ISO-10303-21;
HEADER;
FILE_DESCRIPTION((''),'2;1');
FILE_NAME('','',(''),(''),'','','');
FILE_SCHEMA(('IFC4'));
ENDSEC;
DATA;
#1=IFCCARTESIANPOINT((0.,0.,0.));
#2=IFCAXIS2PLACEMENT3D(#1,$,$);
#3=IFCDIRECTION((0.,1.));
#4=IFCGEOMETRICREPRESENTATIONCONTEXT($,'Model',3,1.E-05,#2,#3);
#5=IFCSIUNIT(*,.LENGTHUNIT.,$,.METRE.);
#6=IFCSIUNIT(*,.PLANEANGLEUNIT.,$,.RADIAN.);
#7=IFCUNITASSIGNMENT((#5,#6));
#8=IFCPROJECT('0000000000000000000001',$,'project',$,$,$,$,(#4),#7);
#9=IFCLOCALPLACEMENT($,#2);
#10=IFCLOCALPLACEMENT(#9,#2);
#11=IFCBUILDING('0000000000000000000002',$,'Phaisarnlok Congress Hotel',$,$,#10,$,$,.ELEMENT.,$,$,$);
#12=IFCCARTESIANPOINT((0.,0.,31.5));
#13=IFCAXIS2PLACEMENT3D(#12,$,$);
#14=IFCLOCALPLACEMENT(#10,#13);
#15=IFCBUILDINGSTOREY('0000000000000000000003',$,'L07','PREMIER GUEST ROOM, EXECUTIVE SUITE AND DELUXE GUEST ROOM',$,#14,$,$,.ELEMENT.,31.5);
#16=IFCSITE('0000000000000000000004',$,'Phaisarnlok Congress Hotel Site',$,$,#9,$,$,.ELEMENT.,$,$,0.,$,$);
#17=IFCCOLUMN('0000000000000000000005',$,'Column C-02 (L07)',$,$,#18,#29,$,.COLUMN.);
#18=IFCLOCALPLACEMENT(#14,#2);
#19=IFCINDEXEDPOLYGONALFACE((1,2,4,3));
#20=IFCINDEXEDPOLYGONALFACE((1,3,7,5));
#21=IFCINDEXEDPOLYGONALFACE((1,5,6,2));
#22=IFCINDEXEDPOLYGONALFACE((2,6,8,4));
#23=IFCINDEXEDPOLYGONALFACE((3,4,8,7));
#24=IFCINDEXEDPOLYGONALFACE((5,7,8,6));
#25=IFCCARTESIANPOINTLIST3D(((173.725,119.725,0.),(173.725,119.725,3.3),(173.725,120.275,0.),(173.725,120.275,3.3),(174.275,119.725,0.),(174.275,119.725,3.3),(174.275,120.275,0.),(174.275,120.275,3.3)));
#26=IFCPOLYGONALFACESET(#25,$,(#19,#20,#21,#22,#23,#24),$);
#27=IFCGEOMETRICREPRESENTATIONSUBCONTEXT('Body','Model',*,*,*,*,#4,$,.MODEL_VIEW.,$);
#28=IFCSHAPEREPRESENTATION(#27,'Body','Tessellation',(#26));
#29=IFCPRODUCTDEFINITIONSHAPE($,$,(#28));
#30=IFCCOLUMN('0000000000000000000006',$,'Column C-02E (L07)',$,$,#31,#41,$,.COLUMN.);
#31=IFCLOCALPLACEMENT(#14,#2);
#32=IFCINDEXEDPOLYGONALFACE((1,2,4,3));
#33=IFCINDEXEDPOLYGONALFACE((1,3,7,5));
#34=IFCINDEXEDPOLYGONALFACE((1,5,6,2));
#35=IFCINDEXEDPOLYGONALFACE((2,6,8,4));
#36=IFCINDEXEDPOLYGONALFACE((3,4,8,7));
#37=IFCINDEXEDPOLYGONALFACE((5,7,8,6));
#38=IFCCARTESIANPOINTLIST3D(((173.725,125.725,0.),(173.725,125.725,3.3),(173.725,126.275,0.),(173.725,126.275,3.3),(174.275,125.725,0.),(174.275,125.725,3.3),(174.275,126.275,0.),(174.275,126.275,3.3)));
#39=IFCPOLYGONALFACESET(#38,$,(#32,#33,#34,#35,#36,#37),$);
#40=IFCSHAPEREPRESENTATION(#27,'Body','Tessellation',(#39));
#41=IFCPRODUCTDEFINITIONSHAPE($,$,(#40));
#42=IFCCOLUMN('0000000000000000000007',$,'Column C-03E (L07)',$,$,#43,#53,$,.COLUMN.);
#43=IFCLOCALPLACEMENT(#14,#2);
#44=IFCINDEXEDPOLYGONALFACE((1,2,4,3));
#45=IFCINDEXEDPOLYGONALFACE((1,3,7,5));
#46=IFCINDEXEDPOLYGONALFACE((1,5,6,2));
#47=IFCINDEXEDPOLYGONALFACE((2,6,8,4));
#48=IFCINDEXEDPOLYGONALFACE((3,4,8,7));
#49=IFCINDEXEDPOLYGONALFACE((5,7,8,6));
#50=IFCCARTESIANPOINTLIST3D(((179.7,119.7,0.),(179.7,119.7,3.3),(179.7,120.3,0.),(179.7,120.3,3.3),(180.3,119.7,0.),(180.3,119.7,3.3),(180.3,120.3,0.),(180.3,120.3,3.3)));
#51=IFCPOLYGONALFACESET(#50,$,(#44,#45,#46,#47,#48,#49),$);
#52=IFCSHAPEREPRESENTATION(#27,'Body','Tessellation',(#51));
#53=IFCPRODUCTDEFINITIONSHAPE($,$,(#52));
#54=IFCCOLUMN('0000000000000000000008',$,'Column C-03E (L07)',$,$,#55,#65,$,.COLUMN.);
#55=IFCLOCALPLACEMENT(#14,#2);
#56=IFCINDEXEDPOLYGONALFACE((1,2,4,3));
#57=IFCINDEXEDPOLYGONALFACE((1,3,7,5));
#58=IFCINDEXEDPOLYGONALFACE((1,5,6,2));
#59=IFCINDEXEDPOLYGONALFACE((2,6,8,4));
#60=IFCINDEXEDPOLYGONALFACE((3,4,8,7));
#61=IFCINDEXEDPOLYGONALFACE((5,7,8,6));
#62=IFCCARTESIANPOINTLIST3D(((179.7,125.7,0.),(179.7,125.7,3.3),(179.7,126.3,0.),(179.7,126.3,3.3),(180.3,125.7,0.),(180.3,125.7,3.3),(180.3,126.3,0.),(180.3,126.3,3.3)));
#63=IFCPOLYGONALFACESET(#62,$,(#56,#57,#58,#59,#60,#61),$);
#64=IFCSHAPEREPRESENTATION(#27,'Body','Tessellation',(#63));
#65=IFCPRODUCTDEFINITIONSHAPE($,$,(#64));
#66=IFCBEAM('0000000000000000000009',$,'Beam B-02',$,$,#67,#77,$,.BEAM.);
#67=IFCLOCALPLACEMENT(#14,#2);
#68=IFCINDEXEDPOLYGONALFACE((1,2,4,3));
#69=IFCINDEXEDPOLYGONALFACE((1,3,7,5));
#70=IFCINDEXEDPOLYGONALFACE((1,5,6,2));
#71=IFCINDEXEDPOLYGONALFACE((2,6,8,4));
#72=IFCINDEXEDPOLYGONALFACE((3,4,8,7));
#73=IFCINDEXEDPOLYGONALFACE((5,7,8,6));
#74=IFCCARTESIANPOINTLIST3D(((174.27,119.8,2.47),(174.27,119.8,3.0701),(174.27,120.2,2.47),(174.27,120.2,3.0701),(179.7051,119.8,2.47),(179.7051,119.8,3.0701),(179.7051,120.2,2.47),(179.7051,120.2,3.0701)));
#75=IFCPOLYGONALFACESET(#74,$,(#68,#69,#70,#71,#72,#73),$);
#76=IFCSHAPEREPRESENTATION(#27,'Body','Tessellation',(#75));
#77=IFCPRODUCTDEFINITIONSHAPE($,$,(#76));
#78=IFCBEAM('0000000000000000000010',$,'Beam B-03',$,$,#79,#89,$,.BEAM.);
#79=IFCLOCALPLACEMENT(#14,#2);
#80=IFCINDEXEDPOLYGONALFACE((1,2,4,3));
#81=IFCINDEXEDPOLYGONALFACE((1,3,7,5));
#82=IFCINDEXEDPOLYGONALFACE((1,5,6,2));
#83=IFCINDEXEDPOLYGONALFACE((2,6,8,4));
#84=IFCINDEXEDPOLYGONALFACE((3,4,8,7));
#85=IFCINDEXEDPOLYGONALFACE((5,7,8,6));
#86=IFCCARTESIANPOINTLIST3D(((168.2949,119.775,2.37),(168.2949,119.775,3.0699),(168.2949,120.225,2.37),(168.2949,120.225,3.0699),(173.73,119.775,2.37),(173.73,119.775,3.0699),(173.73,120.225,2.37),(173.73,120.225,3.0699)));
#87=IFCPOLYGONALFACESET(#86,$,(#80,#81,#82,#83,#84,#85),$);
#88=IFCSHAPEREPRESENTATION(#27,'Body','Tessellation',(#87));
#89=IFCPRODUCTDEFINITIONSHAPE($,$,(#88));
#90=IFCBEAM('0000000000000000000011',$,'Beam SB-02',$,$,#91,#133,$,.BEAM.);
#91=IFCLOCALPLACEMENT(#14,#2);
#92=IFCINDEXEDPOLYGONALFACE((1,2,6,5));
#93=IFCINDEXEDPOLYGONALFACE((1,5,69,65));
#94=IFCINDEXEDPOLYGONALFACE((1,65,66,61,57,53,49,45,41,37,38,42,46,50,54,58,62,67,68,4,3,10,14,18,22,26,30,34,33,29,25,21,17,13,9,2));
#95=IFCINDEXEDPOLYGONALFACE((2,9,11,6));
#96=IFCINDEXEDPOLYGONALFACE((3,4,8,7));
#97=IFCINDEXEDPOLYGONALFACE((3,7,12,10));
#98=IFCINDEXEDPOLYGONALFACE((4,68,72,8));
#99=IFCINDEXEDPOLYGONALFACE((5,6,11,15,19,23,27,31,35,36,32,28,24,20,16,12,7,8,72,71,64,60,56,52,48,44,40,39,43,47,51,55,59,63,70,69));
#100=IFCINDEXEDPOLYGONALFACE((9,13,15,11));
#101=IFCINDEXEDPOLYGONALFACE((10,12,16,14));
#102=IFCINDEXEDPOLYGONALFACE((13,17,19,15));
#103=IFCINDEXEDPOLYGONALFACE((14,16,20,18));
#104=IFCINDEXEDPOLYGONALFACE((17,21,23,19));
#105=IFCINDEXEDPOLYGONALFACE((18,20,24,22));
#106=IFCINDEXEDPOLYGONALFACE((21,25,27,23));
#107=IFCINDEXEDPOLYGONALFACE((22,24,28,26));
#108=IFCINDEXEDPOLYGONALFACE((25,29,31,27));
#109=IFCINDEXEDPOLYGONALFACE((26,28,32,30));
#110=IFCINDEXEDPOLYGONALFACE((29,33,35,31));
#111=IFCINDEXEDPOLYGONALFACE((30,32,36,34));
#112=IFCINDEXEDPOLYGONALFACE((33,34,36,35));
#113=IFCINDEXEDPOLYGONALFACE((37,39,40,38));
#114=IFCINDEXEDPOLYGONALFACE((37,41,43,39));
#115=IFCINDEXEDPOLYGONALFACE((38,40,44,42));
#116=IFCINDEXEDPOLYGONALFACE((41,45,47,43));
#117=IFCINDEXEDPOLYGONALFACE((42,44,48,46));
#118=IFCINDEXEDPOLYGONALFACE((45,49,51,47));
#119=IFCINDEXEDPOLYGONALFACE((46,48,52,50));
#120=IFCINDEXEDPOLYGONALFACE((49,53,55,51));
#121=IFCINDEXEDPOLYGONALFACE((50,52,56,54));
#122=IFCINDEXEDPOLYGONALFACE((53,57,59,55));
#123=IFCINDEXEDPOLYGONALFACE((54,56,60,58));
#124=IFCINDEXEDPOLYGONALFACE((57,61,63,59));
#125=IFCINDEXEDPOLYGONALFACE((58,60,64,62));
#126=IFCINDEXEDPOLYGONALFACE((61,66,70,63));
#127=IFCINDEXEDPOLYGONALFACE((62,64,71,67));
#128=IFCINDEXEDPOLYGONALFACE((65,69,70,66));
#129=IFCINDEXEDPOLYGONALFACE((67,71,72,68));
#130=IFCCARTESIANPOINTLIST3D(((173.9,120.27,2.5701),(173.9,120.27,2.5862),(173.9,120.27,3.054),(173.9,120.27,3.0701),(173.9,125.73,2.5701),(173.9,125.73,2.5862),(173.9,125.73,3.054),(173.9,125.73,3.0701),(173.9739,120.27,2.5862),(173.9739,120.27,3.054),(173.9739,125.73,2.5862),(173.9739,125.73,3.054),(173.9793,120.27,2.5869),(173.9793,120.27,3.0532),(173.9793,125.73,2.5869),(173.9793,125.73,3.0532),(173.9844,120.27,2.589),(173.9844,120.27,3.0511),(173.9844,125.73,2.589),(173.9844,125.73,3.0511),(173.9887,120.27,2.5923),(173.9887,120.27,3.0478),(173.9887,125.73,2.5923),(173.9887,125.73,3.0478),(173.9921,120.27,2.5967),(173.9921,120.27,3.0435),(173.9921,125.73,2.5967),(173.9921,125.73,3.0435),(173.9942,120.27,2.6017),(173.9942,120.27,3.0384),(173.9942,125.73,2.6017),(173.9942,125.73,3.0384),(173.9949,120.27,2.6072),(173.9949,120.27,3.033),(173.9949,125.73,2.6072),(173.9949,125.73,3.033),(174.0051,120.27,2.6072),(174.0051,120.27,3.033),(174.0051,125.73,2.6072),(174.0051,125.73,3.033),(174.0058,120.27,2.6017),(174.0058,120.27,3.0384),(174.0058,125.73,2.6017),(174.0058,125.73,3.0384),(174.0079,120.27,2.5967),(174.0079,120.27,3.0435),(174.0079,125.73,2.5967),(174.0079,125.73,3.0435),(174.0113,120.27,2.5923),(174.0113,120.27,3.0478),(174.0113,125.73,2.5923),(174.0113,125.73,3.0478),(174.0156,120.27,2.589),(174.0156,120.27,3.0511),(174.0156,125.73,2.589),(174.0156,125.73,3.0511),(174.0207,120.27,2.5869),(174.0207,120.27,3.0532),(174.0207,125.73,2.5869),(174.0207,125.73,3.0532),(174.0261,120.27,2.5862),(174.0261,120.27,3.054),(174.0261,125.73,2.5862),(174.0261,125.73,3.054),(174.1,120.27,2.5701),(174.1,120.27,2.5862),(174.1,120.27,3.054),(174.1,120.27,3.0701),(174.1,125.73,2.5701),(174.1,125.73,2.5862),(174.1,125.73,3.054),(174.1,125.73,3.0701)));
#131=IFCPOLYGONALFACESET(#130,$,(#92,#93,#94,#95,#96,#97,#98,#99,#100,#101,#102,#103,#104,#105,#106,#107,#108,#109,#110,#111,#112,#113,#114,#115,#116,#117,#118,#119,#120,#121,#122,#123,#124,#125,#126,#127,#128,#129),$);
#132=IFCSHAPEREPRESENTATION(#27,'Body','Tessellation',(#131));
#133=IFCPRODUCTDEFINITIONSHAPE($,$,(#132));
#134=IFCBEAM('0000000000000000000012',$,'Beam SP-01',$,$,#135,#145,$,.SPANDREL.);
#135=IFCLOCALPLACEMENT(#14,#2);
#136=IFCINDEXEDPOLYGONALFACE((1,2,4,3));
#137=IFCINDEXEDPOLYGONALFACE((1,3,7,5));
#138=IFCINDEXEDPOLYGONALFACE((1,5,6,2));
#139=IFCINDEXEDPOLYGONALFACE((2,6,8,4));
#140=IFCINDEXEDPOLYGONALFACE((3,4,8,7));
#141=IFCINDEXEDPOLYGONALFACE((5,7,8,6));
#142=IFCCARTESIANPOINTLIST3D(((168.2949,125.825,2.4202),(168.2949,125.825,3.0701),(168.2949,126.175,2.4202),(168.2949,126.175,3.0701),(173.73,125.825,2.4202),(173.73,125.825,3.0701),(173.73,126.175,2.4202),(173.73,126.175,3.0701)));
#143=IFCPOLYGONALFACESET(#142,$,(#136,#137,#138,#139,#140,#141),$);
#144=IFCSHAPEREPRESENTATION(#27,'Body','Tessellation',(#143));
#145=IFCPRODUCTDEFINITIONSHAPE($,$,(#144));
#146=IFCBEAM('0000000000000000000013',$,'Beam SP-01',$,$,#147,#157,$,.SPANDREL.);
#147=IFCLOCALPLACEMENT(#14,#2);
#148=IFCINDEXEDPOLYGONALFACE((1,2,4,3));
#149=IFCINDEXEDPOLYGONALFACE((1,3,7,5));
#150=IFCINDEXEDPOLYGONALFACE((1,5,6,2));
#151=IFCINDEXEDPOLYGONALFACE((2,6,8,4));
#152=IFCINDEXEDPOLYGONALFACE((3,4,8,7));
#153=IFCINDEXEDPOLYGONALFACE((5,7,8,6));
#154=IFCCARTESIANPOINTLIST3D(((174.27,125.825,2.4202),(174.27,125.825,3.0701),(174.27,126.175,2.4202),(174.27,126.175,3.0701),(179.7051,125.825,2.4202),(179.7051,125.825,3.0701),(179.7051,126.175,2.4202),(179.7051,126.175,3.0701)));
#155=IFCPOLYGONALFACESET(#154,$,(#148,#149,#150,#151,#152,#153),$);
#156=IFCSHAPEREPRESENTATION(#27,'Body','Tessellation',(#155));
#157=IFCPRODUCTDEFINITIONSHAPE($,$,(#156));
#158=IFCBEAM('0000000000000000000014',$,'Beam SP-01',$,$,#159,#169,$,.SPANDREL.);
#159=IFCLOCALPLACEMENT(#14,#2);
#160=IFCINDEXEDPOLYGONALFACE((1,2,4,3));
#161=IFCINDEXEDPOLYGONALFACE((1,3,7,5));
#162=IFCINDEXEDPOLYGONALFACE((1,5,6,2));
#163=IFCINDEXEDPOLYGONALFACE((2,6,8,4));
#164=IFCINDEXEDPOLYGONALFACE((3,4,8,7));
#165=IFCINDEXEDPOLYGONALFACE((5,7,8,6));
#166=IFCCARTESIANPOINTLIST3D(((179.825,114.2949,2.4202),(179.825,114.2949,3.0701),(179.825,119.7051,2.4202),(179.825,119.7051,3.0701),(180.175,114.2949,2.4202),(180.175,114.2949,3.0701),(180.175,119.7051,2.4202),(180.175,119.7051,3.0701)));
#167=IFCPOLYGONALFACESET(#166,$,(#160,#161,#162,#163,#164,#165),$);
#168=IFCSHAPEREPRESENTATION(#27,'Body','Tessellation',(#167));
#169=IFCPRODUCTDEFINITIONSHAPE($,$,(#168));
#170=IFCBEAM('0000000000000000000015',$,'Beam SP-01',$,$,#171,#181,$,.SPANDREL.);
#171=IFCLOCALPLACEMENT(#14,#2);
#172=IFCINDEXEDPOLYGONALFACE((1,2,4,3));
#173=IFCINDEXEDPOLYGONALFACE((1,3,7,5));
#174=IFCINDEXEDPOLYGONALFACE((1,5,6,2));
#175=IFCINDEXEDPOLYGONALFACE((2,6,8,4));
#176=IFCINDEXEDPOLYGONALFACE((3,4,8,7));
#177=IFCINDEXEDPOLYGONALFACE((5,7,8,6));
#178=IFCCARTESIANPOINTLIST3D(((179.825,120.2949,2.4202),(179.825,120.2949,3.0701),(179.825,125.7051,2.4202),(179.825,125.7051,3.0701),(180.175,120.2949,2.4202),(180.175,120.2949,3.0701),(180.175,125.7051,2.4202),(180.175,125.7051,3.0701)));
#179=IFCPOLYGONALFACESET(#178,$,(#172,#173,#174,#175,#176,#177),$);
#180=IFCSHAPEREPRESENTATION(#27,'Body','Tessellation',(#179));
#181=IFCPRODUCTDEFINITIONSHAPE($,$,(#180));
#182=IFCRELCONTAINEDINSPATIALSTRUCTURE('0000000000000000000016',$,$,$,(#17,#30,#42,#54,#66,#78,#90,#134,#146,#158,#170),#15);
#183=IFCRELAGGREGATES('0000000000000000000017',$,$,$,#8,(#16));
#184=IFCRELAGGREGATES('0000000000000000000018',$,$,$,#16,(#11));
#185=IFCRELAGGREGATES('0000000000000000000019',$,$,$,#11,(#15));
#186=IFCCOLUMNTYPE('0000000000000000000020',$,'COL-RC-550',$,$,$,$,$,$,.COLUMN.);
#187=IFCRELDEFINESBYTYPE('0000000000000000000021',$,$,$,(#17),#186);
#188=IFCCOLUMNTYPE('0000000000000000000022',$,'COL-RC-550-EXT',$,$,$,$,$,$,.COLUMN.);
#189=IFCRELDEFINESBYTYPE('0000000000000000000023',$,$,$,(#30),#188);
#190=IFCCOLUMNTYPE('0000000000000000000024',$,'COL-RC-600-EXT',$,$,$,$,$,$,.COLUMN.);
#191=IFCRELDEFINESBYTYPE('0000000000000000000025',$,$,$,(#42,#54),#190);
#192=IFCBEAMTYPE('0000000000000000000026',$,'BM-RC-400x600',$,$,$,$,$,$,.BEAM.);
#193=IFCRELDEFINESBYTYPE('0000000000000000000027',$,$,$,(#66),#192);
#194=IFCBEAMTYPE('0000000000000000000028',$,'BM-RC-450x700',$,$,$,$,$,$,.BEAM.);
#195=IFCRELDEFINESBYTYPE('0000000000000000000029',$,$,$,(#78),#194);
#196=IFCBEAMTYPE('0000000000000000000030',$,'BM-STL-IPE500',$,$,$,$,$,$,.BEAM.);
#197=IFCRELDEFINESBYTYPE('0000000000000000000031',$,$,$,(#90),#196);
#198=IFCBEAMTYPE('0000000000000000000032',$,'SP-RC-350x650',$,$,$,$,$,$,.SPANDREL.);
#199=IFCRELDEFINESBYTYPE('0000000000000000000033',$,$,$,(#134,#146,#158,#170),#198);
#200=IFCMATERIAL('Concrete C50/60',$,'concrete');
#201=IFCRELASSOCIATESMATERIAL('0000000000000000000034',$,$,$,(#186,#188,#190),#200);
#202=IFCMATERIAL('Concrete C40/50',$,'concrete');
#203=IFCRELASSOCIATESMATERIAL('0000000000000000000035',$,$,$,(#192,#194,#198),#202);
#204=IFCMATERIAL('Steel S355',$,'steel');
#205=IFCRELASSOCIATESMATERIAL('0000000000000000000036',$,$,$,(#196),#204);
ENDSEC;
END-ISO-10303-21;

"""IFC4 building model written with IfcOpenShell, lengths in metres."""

from ifc_helpers import new_model, si_unit, direction, frame, origin, origin_2d, place, context, subcontext, project, spatial, rectangle, i_section, extrude, material, material_profile, profile_set, type_object, element, save


model = new_model("IFC4")

# Units and contexts
model_context = context("Model", 3, precision=1e-05, world=origin(), true_north=direction((0.0, 1.0)))
body_context = subcontext(model_context, "Body", "Model", "MODEL_VIEW")
ifc_project = project(units=[si_unit("LENGTHUNIT", "METRE"), si_unit("PLANEANGLEUNIT", "RADIAN")], contexts=[model_context])

# Site, building, storey
site_placement = place(None, origin())
site = spatial("IfcSite", under=ifc_project, at=site_placement, Name="Phaisarnlok Congress Hotel Site", CompositionType="ELEMENT", RefElevation=0.0)
building_placement = place(site_placement, origin())
building = spatial("IfcBuilding", under=site, at=building_placement, Name="Phaisarnlok Congress Hotel", CompositionType="ELEMENT")
storey_placement = place(building_placement, frame((0.0, 0.0, 31.5)))
storey = spatial("IfcBuildingStorey", under=building, at=storey_placement, Name="L07", Description="PREMIER GUEST ROOM, EXECUTIVE SUITE AND DELUXE GUEST ROOM", CompositionType="ELEMENT", Elevation=31.5)

# Columns
ifc_material_1 = material(Name="Concrete C50/60", Category="concrete")
ifc_material_profile_1 = material_profile(ifc_material_1, rectangle(XDim=0.55, YDim=0.55, at=origin_2d()), Name="RC 550x550")
ifc_profile_set_1 = profile_set([ifc_material_profile_1], Name="Concrete C50/60")
column_type_1 = type_object("IfcColumnType", Name="COL-RC-550", PredefinedType="COLUMN", material=ifc_profile_set_1)
column_1_placement = place(storey_placement, frame((174.0, 120.0, 0.0), z_axis=(0.0, 0.0, 1.0), x_axis=(1.0, 0.0, 0.0)))
element("IfcColumn", 1, at=column_1_placement, inside=storey, type_object=column_type_1, Name="Column C-02 (L07)", PredefinedType="COLUMN", context=body_context, shape_type="SweptSolid", body=[
    extrude(rectangle(XDim=0.55, YDim=0.55, at=origin_2d()), origin(), (0.0, 0.0, 1.0), 3.3),
])
ifc_material_profile_2 = material_profile(ifc_material_1, rectangle(XDim=0.55, YDim=0.55, at=origin_2d()), Name="RC 550x550")
ifc_profile_set_2 = profile_set([ifc_material_profile_2], Name="Concrete C50/60")
column_type_2 = type_object("IfcColumnType", Name="COL-RC-550-EXT", PredefinedType="COLUMN", material=ifc_profile_set_2)
column_2_placement = place(storey_placement, frame((174.0, 126.0, 0.0), z_axis=(0.0, 0.0, 1.0), x_axis=(1.0, 0.0, 0.0)))
element("IfcColumn", 2, at=column_2_placement, inside=storey, type_object=column_type_2, Name="Column C-02E (L07)", PredefinedType="COLUMN", context=body_context, shape_type="SweptSolid", body=[
    extrude(rectangle(XDim=0.55, YDim=0.55, at=origin_2d()), origin(), (0.0, 0.0, 1.0), 3.3),
])
ifc_material_profile_3 = material_profile(ifc_material_1, rectangle(XDim=0.6001, YDim=0.6001, at=origin_2d()), Name="RC 600x600")
ifc_profile_set_3 = profile_set([ifc_material_profile_3], Name="Concrete C50/60")
column_type_3 = type_object("IfcColumnType", Name="COL-RC-600-EXT", PredefinedType="COLUMN", material=ifc_profile_set_3)
for number, where, z_axis, x_axis, name in (
    (3, (180.0, 120.0, 0.0), (0.0, 0.0, 1.0), (1.0, 0.0, 0.0), "Column C-03E (L07)"),
    (4, (180.0, 126.0, 0.0), (0.0, 0.0, 1.0), (1.0, 0.0, 0.0), "Column C-03E (L07)"),
):
    element("IfcColumn", number, at=place(storey_placement, frame(where, z_axis=z_axis, x_axis=x_axis)), inside=storey, type_object=column_type_3, Name=name, PredefinedType="COLUMN", context=body_context, shape_type="SweptSolid", body=[
        extrude(rectangle(XDim=0.6001, YDim=0.6001, at=origin_2d()), origin(), (0.0, 0.0, 1.0), 3.3),
    ])

# Beams
ifc_material_2 = material(Name="Concrete C40/50", Category="concrete")
ifc_material_profile_4 = material_profile(ifc_material_2, rectangle(XDim=0.3999, YDim=0.6001, at=origin_2d()), Name="RC 400x600")
ifc_profile_set_4 = profile_set([ifc_material_profile_4], Name="Concrete C40/50")
beam_type_1 = type_object("IfcBeamType", Name="BM-RC-400x600", PredefinedType="BEAM", material=ifc_profile_set_4)
beam_1_placement = place(storey_placement, frame((174.27, 120.0, 2.77), z_axis=(1.0, 0.0, 0.0), x_axis=(0.0, 1.0, 0.0)))
element("IfcBeam", 5, at=beam_1_placement, inside=storey, type_object=beam_type_1, Name="Beam B-02", PredefinedType="BEAM", context=body_context, shape_type="SweptSolid", body=[
    extrude(rectangle(XDim=0.3999, YDim=0.6001, at=origin_2d()), origin(), (0.0, 0.0, 1.0), 5.4351),
])
ifc_material_profile_5 = material_profile(ifc_material_2, rectangle(XDim=0.45, YDim=0.7, at=origin_2d()), Name="RC 450x700")
ifc_profile_set_5 = profile_set([ifc_material_profile_5], Name="Concrete C40/50")
beam_type_2 = type_object("IfcBeamType", Name="BM-RC-450x700", PredefinedType="BEAM", material=ifc_profile_set_5)
beam_2_placement = place(storey_placement, frame((168.2949, 120.0, 2.72), z_axis=(1.0, 0.0, 0.0), x_axis=(0.0, 1.0, 0.0)))
element("IfcBeam", 6, at=beam_2_placement, inside=storey, type_object=beam_type_2, Name="Beam B-03", PredefinedType="BEAM", context=body_context, shape_type="SweptSolid", body=[
    extrude(rectangle(XDim=0.45, YDim=0.7, at=origin_2d()), origin(), (0.0, 0.0, 1.0), 5.4351),
])
ifc_material_3 = material(Name="Steel S355", Category="steel")
ifc_material_profile_6 = material_profile(ifc_material_3, i_section(OverallWidth=0.2, OverallDepth=0.5, WebThickness=0.0103, FlangeThickness=0.0161, FilletRadius=0.021, at=origin_2d()), Name="IPE 500")
ifc_profile_set_6 = profile_set([ifc_material_profile_6], Name="Steel S355")
beam_type_3 = type_object("IfcBeamType", Name="BM-STL-IPE500", PredefinedType="BEAM", material=ifc_profile_set_6)
beam_3_placement = place(storey_placement, frame((174.0, 120.27, 2.8201), z_axis=(0.0, 1.0, 0.0), x_axis=(-1.0, 0.0, 0.0)))
element("IfcBeam", 7, at=beam_3_placement, inside=storey, type_object=beam_type_3, Name="Beam SB-02", PredefinedType="BEAM", context=body_context, shape_type="SweptSolid", body=[
    extrude(i_section(OverallWidth=0.2, OverallDepth=0.5, WebThickness=0.0103, FlangeThickness=0.0161, FilletRadius=0.021, at=origin_2d()), origin(), (0.0, 0.0, 1.0), 5.46),
])
ifc_material_profile_7 = material_profile(ifc_material_2, rectangle(XDim=0.3501, YDim=0.6499, at=origin_2d()), Name="RC 350x650")
ifc_profile_set_7 = profile_set([ifc_material_profile_7], Name="Concrete C40/50")
beam_type_4 = type_object("IfcBeamType", Name="SP-RC-350x650", PredefinedType="SPANDREL", material=ifc_profile_set_7)
for number, where, z_axis, x_axis, name in (
    (8, (168.2949, 126.0, 2.7451), (1.0, 0.0, 0.0), (0.0, 1.0, 0.0), "Beam SP-01"),
    (9, (174.27, 126.0, 2.7451), (1.0, 0.0, 0.0), (0.0, 1.0, 0.0), "Beam SP-01"),
):
    element("IfcBeam", number, at=place(storey_placement, frame(where, z_axis=z_axis, x_axis=x_axis)), inside=storey, type_object=beam_type_4, Name=name, PredefinedType="SPANDREL", context=body_context, shape_type="SweptSolid", body=[
        extrude(rectangle(XDim=0.3501, YDim=0.6499, at=origin_2d()), origin(), (0.0, 0.0, 1.0), 5.4351),
    ])
for number, where, z_axis, x_axis, name in (
    (10, (180.0, 114.2949, 2.7451), (0.0, 1.0, 0.0), (-1.0, 0.0, 0.0), "Beam SP-01"),
    (11, (180.0, 120.2949, 2.7451), (0.0, 1.0, 0.0), (-1.0, 0.0, 0.0), "Beam SP-01"),
):
    element("IfcBeam", number, at=place(storey_placement, frame(where, z_axis=z_axis, x_axis=x_axis)), inside=storey, type_object=beam_type_4, Name=name, PredefinedType="SPANDREL", context=body_context, shape_type="SweptSolid", body=[
        extrude(rectangle(XDim=0.3501, YDim=0.6499, at=origin_2d()), origin(), (0.0, 0.0, 1.0), 5.4102),
    ])

save(model, "model.ifc")
